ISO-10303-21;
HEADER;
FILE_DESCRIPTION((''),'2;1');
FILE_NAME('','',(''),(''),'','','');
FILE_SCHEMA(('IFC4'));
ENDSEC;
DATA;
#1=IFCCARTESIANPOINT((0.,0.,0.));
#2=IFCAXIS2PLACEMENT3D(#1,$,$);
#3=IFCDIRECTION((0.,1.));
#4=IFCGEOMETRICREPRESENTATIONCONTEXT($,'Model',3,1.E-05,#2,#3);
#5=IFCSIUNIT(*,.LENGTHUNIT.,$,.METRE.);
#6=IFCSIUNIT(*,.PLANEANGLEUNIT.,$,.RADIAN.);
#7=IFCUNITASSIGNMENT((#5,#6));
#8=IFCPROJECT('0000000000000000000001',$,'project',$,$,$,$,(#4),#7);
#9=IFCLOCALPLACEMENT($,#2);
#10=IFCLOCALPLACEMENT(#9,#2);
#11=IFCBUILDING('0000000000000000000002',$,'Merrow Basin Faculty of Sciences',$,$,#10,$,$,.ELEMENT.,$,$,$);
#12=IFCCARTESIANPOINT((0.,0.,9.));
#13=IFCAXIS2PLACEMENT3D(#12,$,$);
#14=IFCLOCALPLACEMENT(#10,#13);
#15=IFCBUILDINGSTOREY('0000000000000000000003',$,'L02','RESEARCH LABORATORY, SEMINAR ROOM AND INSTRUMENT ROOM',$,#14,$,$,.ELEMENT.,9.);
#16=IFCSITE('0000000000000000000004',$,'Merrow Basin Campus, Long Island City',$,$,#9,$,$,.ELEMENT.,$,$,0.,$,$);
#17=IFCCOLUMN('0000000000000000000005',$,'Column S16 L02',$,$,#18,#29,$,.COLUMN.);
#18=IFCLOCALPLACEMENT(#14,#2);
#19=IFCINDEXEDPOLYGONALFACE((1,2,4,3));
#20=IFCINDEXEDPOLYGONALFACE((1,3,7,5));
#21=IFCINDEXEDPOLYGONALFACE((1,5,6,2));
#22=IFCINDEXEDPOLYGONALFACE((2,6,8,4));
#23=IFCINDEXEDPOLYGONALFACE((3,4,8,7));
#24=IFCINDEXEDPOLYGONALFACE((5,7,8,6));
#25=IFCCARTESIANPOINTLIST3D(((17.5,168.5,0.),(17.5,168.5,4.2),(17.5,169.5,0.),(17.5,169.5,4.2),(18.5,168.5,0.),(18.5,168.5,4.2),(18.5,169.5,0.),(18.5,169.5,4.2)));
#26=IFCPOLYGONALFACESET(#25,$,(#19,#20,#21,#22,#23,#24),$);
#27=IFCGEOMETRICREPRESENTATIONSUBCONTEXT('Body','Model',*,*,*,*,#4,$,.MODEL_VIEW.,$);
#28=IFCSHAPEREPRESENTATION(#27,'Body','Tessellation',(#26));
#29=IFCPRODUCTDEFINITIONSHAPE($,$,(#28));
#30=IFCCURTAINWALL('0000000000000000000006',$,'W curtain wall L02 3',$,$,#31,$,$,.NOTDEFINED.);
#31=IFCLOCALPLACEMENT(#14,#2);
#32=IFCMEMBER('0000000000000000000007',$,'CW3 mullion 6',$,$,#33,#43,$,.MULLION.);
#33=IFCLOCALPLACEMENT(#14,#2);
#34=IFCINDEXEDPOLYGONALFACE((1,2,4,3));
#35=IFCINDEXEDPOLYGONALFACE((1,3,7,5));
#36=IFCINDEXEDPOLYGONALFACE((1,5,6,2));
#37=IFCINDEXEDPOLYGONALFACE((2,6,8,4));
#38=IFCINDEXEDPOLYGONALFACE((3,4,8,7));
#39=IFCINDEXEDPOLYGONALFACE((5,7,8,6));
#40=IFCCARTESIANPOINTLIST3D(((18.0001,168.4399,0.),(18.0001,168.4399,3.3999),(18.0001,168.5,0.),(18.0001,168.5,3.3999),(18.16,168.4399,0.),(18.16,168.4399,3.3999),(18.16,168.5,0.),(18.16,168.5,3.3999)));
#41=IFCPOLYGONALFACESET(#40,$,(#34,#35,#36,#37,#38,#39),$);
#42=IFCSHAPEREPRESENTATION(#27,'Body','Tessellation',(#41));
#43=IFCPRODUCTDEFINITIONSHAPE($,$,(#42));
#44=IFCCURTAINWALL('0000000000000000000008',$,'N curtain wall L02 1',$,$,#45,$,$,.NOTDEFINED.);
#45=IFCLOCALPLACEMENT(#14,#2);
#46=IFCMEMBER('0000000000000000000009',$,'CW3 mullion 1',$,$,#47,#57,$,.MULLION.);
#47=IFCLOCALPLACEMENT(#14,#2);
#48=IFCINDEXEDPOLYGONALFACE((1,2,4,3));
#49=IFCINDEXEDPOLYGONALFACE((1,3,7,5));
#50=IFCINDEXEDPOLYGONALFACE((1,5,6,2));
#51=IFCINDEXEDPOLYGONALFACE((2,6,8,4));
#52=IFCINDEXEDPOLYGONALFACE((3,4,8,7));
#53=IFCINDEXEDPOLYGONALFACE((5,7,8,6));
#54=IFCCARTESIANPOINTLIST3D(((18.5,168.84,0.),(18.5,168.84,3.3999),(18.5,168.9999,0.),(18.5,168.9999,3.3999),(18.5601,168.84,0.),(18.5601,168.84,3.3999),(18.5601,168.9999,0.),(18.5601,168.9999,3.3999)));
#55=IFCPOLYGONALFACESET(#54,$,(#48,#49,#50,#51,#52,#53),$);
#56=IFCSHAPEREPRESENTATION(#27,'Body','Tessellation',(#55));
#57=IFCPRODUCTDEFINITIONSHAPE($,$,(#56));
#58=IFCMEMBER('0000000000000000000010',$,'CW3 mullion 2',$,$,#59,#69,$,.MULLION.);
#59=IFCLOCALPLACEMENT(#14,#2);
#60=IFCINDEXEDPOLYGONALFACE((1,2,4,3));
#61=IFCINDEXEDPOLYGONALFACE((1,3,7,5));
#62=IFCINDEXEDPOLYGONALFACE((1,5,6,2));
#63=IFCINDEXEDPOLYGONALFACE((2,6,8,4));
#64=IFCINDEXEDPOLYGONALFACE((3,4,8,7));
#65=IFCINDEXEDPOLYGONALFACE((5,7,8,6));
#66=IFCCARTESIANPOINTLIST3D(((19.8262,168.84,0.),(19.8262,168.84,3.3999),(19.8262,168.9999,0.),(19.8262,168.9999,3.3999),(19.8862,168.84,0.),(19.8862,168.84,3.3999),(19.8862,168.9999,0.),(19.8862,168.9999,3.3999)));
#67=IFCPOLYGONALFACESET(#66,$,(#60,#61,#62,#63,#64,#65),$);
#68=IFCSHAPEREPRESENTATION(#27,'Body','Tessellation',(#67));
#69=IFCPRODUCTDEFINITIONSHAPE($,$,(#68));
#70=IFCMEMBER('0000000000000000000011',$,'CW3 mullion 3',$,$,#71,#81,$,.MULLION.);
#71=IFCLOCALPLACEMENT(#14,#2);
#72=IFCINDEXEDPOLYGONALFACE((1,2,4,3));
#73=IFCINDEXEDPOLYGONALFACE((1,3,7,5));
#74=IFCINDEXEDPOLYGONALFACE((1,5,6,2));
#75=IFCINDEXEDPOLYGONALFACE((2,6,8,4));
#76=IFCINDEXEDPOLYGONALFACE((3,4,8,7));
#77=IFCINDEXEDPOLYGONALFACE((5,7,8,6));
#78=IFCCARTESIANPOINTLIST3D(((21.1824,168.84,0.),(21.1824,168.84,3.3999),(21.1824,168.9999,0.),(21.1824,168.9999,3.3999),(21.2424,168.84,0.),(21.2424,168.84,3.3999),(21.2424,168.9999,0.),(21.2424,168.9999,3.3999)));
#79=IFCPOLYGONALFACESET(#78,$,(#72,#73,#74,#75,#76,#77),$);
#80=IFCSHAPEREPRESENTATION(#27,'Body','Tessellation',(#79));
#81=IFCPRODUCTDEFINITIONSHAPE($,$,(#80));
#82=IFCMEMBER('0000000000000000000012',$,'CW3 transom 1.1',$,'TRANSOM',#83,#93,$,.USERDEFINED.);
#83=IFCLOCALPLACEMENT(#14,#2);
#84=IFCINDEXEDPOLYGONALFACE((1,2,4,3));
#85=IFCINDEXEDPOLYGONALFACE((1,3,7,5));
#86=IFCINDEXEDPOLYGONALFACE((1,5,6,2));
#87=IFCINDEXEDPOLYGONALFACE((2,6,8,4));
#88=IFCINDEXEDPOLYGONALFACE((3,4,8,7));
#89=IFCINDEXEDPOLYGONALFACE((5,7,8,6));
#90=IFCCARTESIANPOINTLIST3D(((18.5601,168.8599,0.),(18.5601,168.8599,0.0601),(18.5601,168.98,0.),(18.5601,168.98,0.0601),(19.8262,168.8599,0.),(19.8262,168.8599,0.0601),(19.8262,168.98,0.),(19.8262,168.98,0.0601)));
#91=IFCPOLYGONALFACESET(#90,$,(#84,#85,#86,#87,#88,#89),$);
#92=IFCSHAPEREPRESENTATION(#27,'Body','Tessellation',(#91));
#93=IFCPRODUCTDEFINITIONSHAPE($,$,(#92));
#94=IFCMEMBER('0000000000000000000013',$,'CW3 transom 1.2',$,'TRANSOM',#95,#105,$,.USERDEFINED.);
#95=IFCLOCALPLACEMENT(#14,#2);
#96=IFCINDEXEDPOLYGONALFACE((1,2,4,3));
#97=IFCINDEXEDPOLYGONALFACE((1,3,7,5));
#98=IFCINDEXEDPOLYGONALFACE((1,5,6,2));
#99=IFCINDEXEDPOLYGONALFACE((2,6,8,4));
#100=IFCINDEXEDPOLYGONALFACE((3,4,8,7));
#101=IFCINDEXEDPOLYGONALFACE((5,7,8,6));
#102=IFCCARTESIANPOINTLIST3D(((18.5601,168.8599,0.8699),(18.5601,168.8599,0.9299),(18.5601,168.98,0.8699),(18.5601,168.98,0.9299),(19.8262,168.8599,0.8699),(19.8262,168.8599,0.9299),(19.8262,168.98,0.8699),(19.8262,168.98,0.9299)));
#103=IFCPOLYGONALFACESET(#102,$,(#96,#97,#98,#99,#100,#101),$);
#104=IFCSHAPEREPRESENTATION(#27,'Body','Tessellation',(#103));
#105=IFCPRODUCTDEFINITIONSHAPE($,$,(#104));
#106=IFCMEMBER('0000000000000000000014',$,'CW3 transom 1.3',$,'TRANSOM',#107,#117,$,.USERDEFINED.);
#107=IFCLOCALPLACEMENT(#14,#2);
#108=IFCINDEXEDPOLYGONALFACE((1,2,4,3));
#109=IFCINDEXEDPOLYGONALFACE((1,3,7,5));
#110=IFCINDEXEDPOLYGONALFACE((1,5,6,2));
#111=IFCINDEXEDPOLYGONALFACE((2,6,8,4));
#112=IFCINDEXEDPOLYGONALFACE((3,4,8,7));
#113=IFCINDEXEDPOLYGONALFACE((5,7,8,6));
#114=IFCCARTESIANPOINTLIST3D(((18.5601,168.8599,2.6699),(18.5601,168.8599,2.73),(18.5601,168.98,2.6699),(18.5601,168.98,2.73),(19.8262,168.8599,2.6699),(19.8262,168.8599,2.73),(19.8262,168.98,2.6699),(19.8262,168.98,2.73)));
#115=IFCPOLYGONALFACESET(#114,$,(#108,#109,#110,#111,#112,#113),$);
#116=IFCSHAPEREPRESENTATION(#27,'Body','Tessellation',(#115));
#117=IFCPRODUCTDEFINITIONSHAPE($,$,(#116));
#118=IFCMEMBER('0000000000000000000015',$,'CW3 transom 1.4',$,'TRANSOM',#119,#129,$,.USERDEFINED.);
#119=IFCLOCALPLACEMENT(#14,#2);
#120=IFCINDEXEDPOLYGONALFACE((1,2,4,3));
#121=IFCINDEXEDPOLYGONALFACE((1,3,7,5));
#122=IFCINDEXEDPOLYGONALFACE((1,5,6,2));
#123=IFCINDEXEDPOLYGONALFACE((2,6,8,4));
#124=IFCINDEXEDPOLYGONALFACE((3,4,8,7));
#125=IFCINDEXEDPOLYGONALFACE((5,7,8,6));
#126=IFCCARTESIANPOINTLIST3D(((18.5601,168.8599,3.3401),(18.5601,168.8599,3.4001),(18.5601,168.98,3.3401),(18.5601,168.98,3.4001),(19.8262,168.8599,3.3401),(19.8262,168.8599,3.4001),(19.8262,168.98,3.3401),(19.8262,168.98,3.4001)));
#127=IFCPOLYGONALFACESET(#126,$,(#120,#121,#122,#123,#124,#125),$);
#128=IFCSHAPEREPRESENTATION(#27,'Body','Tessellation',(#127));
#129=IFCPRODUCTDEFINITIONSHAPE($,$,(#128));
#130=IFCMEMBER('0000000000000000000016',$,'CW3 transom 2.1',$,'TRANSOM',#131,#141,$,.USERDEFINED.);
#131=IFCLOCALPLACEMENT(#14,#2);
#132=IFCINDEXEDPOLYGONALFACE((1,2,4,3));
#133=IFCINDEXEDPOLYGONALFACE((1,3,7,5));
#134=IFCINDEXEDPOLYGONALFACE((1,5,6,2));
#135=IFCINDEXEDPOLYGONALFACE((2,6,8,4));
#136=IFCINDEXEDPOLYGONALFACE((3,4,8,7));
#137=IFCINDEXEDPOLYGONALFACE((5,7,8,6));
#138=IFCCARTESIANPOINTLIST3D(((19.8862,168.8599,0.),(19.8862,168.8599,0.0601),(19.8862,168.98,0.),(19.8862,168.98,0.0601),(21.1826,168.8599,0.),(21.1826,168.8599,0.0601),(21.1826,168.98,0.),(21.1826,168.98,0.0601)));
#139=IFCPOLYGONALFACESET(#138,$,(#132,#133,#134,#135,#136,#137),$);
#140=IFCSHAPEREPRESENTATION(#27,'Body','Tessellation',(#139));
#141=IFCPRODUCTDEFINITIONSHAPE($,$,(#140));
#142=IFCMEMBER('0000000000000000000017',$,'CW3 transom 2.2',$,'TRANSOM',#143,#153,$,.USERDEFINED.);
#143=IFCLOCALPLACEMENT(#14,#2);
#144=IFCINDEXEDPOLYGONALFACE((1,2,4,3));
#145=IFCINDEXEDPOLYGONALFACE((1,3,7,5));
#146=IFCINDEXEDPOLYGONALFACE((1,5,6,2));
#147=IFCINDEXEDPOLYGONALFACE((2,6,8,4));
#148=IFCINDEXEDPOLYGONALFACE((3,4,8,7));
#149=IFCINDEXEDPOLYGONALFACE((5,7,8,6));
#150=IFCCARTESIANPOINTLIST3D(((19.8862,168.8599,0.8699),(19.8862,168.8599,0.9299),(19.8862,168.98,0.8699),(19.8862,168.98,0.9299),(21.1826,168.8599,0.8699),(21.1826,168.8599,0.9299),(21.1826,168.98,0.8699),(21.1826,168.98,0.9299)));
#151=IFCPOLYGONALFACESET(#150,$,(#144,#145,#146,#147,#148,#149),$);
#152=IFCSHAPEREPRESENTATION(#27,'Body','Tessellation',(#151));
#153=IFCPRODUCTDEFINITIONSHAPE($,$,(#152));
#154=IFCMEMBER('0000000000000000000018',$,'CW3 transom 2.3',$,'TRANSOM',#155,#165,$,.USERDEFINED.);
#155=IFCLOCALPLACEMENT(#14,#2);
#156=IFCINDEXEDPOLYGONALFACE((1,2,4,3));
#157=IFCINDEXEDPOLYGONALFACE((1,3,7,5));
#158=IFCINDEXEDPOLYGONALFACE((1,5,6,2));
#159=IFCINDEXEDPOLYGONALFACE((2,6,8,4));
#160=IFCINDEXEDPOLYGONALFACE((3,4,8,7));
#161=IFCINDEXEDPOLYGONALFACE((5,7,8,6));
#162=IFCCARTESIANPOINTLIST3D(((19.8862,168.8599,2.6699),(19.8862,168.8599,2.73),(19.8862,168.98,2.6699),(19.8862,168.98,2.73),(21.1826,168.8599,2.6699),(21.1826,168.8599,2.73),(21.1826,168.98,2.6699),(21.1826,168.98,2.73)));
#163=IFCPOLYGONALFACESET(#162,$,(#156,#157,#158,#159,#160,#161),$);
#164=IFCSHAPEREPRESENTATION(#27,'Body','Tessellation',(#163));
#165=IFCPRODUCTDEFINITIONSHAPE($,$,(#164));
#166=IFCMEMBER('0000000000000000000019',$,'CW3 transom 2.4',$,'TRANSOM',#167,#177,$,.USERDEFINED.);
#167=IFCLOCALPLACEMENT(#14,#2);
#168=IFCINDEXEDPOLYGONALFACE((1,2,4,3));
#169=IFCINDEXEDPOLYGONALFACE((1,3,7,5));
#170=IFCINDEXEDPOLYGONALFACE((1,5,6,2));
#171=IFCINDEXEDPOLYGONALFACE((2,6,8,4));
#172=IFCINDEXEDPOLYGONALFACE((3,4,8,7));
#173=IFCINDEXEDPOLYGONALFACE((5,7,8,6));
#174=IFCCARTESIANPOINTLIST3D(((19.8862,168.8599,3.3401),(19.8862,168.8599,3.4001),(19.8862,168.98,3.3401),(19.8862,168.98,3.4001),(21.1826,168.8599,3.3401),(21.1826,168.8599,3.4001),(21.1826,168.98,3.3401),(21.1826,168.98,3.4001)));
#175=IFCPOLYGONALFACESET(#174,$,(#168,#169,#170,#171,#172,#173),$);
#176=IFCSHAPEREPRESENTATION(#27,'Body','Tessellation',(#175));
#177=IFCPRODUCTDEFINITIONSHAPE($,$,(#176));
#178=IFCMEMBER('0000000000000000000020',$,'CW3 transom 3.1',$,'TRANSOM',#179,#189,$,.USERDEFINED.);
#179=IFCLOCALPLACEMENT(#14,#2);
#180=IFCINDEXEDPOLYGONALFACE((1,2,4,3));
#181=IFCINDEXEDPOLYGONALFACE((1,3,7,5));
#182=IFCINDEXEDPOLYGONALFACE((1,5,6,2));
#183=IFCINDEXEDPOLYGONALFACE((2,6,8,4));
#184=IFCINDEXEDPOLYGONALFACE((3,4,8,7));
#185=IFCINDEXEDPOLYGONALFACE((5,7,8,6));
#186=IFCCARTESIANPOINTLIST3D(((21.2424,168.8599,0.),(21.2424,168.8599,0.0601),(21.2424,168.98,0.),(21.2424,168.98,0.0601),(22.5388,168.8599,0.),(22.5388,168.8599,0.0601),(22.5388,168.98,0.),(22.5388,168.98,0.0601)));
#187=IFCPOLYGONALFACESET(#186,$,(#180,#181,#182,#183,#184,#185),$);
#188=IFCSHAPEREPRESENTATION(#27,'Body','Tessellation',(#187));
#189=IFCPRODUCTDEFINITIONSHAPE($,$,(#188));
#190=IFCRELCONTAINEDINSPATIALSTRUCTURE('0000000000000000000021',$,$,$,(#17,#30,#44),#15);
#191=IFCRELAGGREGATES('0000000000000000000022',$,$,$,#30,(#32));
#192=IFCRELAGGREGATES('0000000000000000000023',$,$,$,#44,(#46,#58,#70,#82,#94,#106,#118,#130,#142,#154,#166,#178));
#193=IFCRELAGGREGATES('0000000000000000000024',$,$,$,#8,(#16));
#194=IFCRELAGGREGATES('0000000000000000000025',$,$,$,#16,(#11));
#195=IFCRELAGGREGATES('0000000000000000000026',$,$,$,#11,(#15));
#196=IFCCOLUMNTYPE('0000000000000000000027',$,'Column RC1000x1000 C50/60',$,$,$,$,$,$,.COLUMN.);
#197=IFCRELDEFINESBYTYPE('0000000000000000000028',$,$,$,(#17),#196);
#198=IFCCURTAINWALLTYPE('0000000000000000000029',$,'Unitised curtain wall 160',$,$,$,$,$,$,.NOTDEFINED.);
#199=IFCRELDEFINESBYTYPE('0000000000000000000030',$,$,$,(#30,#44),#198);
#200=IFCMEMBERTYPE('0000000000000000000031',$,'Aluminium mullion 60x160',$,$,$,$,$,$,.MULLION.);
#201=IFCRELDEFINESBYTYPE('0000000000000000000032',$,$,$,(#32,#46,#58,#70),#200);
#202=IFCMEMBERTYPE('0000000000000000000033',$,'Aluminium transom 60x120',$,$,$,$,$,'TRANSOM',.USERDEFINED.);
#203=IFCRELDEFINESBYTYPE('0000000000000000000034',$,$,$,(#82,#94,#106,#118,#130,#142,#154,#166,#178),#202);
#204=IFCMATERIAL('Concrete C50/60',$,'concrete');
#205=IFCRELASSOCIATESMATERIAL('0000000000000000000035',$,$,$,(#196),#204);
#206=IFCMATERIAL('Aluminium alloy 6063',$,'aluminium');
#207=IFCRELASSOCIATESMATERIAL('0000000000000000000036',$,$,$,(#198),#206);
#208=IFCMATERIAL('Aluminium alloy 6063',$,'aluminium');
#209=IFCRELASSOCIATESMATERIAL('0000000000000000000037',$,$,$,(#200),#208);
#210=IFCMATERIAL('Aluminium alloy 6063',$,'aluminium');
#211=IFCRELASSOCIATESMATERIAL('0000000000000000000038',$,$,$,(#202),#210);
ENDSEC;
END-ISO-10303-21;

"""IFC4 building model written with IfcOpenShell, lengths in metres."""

from ifc_helpers import new_model, si_unit, direction, frame, origin, origin_2d, place, context, subcontext, project, spatial, rectangle, extrude, material, material_profile, profile_set, type_object, element, aggregate, save


model = new_model("IFC4")

# Units and contexts
model_context = context("Model", 3, precision=1e-05, world=origin(), true_north=direction((0.0, 1.0)))
body_context = subcontext(model_context, "Body", "Model", "MODEL_VIEW")
ifc_project = project(units=[si_unit("LENGTHUNIT", "METRE"), si_unit("PLANEANGLEUNIT", "RADIAN")], contexts=[model_context])

# Site, building, storey
site_placement = place(None, origin())
site = spatial("IfcSite", under=ifc_project, at=site_placement, Name="Merrow Basin Campus, Long Island City", CompositionType="ELEMENT", RefElevation=0.0)
building_placement = place(site_placement, origin())
building = spatial("IfcBuilding", under=site, at=building_placement, Name="Merrow Basin Faculty of Sciences", CompositionType="ELEMENT")
storey_placement = place(building_placement, frame((0.0, 0.0, 9.0)))
storey = spatial("IfcBuildingStorey", under=building, at=storey_placement, Name="L02", Description="RESEARCH LABORATORY, SEMINAR ROOM AND INSTRUMENT ROOM", CompositionType="ELEMENT", Elevation=9.0)

# Column
ifc_material_1 = material(Name="Concrete C50/60", Category="concrete")
ifc_material_profile_1 = material_profile(ifc_material_1, rectangle(XDim=1.0, YDim=1.0, at=origin_2d()))
ifc_profile_set_1 = profile_set([ifc_material_profile_1], Name="Concrete C50/60")
column_type = type_object("IfcColumnType", Name="Column RC1000x1000 C50/60", PredefinedType="COLUMN", material=ifc_profile_set_1)
column_placement = place(storey_placement, frame((18.0, 169.0, 0.0), z_axis=(0.0, 0.0, 1.0), x_axis=(1.0, 0.0, 0.0)))
element("IfcColumn", 1, at=column_placement, inside=storey, type_object=column_type, Name="Column S16 L02", PredefinedType="COLUMN", context=body_context, shape_type="SweptSolid", body=[
    extrude(rectangle(XDim=1.0, YDim=1.0, at=origin_2d()), origin(), (0.0, 0.0, 1.0), 4.2),
])

# Curtain wall, member
ifc_material_2 = material(Name="Aluminium alloy 6063", Category="aluminium")
curtain_wall_type = type_object("IfcCurtainWallType", Name="Unitised curtain wall 160", PredefinedType="NOTDEFINED", material=ifc_material_2)
curtain_wall_1_placement = place(storey_placement, origin())
curtain_wall_1 = element("IfcCurtainWall", 2, at=curtain_wall_1_placement, inside=storey, type_object=curtain_wall_type, Name="W curtain wall L02 3", PredefinedType="NOTDEFINED")
ifc_material_3 = material(Name="Aluminium alloy 6063", Category="aluminium")
ifc_material_profile_2 = material_profile(ifc_material_3, rectangle(XDim=0.1599, YDim=0.0601, at=origin_2d()))
ifc_profile_set_2 = profile_set([ifc_material_profile_2], Name="Aluminium alloy 6063")
member_type_1 = type_object("IfcMemberType", Name="Aluminium mullion 60x160", PredefinedType="MULLION", material=ifc_profile_set_2)
member_1_placement = place(storey_placement, frame((18.0801, 168.47, 0.0), z_axis=(0.0, 0.0, 1.0), x_axis=(-1.0, 0.0, 0.0)))
member_1 = element("IfcMember", 3, at=member_1_placement, type_object=member_type_1, Name="CW3 mullion 6", PredefinedType="MULLION", context=body_context, shape_type="SweptSolid", body=[
    extrude(rectangle(XDim=0.1599, YDim=0.0601, at=origin_2d()), origin(), (0.0, 0.0, 1.0), 3.3999),
])
aggregate(curtain_wall_1, [member_1])

# Curtain wall, members
curtain_wall_2_placement = place(storey_placement, origin())
curtain_wall_2 = element("IfcCurtainWall", 4, at=curtain_wall_2_placement, inside=storey, type_object=curtain_wall_type, Name="N curtain wall L02 1", PredefinedType="NOTDEFINED")
member_2_placement = place(storey_placement, frame((18.53, 168.9199, 0.0), z_axis=(0.0, 0.0, 1.0), x_axis=(0.0, 1.0, 0.0)))
member_2 = element("IfcMember", 5, at=member_2_placement, type_object=member_type_1, Name="CW3 mullion 1", PredefinedType="MULLION", context=body_context, shape_type="SweptSolid", body=[
    extrude(rectangle(XDim=0.1599, YDim=0.0601, at=origin_2d()), origin(), (0.0, 0.0, 1.0), 3.3999),
])
member_3_placement = place(storey_placement, frame((19.8562, 168.9199, 0.0), z_axis=(0.0, 0.0, 1.0), x_axis=(0.0, 1.0, 0.0)))
member_3 = element("IfcMember", 6, at=member_3_placement, type_object=member_type_1, Name="CW3 mullion 2", PredefinedType="MULLION", context=body_context, shape_type="SweptSolid", body=[
    extrude(rectangle(XDim=0.1599, YDim=0.0601, at=origin_2d()), origin(), (0.0, 0.0, 1.0), 3.3999),
])
member_4_placement = place(storey_placement, frame((21.2124, 168.9199, 0.0), z_axis=(0.0, 0.0, 1.0), x_axis=(0.0, 1.0, 0.0)))
member_4 = element("IfcMember", 7, at=member_4_placement, type_object=member_type_1, Name="CW3 mullion 3", PredefinedType="MULLION", context=body_context, shape_type="SweptSolid", body=[
    extrude(rectangle(XDim=0.1599, YDim=0.0601, at=origin_2d()), origin(), (0.0, 0.0, 1.0), 3.3999),
])
ifc_material_4 = material(Name="Aluminium alloy 6063", Category="aluminium")
ifc_material_profile_3 = material_profile(ifc_material_4, rectangle(XDim=0.1201, YDim=0.0601, at=origin_2d()))
ifc_profile_set_3 = profile_set([ifc_material_profile_3], Name="Aluminium alloy 6063")
member_type_2 = type_object("IfcMemberType", Name="Aluminium transom 60x120", ElementType="TRANSOM", PredefinedType="USERDEFINED", material=ifc_profile_set_3)
member_5_placement = place(storey_placement, frame((18.5601, 168.9199, 0.03), z_axis=(1.0, 0.0, 0.0), x_axis=(0.0, 1.0, 0.0)))
member_5 = element("IfcMember", 8, at=member_5_placement, type_object=member_type_2, Name="CW3 transom 1.1", ObjectType="TRANSOM", PredefinedType="USERDEFINED", context=body_context, shape_type="SweptSolid", body=[
    extrude(rectangle(XDim=0.1201, YDim=0.0601, at=origin_2d()), origin(), (0.0, 0.0, 1.0), 1.2661),
])
member_6_placement = place(storey_placement, frame((18.5601, 168.9199, 0.8999), z_axis=(1.0, 0.0, 0.0), x_axis=(0.0, 1.0, 0.0)))
member_6 = element("IfcMember", 9, at=member_6_placement, type_object=member_type_2, Name="CW3 transom 1.2", ObjectType="TRANSOM", PredefinedType="USERDEFINED", context=body_context, shape_type="SweptSolid", body=[
    extrude(rectangle(XDim=0.1201, YDim=0.0601, at=origin_2d()), origin(), (0.0, 0.0, 1.0), 1.2661),
])
member_7_placement = place(storey_placement, frame((18.5601, 168.9199, 2.7), z_axis=(1.0, 0.0, 0.0), x_axis=(0.0, 1.0, 0.0)))
member_7 = element("IfcMember", 10, at=member_7_placement, type_object=member_type_2, Name="CW3 transom 1.3", ObjectType="TRANSOM", PredefinedType="USERDEFINED", context=body_context, shape_type="SweptSolid", body=[
    extrude(rectangle(XDim=0.1201, YDim=0.0601, at=origin_2d()), origin(), (0.0, 0.0, 1.0), 1.2661),
])
member_8_placement = place(storey_placement, frame((18.5601, 168.9199, 3.3701), z_axis=(1.0, 0.0, 0.0), x_axis=(0.0, 1.0, 0.0)))
member_8 = element("IfcMember", 11, at=member_8_placement, type_object=member_type_2, Name="CW3 transom 1.4", ObjectType="TRANSOM", PredefinedType="USERDEFINED", context=body_context, shape_type="SweptSolid", body=[
    extrude(rectangle(XDim=0.1201, YDim=0.0601, at=origin_2d()), origin(), (0.0, 0.0, 1.0), 1.2661),
])
member_9_placement = place(storey_placement, frame((19.8862, 168.9199, 0.03), z_axis=(1.0, 0.0, 0.0), x_axis=(0.0, 1.0, 0.0)))
member_9 = element("IfcMember", 12, at=member_9_placement, type_object=member_type_2, Name="CW3 transom 2.1", ObjectType="TRANSOM", PredefinedType="USERDEFINED", context=body_context, shape_type="SweptSolid", body=[
    extrude(rectangle(XDim=0.1201, YDim=0.0601, at=origin_2d()), origin(), (0.0, 0.0, 1.0), 1.2964),
])
member_10_placement = place(storey_placement, frame((19.8862, 168.9199, 0.8999), z_axis=(1.0, 0.0, 0.0), x_axis=(0.0, 1.0, 0.0)))
member_10 = element("IfcMember", 13, at=member_10_placement, type_object=member_type_2, Name="CW3 transom 2.2", ObjectType="TRANSOM", PredefinedType="USERDEFINED", context=body_context, shape_type="SweptSolid", body=[
    extrude(rectangle(XDim=0.1201, YDim=0.0601, at=origin_2d()), origin(), (0.0, 0.0, 1.0), 1.2964),
])
member_11_placement = place(storey_placement, frame((19.8862, 168.9199, 2.7), z_axis=(1.0, 0.0, 0.0), x_axis=(0.0, 1.0, 0.0)))
member_11 = element("IfcMember", 14, at=member_11_placement, type_object=member_type_2, Name="CW3 transom 2.3", ObjectType="TRANSOM", PredefinedType="USERDEFINED", context=body_context, shape_type="SweptSolid", body=[
    extrude(rectangle(XDim=0.1201, YDim=0.0601, at=origin_2d()), origin(), (0.0, 0.0, 1.0), 1.2964),
])
member_12_placement = place(storey_placement, frame((19.8862, 168.9199, 3.3701), z_axis=(1.0, 0.0, 0.0), x_axis=(0.0, 1.0, 0.0)))
member_12 = element("IfcMember", 15, at=member_12_placement, type_object=member_type_2, Name="CW3 transom 2.4", ObjectType="TRANSOM", PredefinedType="USERDEFINED", context=body_context, shape_type="SweptSolid", body=[
    extrude(rectangle(XDim=0.1201, YDim=0.0601, at=origin_2d()), origin(), (0.0, 0.0, 1.0), 1.2964),
])
member_13_placement = place(storey_placement, frame((21.2424, 168.9199, 0.03), z_axis=(1.0, 0.0, 0.0), x_axis=(0.0, 1.0, 0.0)))
member_13 = element("IfcMember", 16, at=member_13_placement, type_object=member_type_2, Name="CW3 transom 3.1", ObjectType="TRANSOM", PredefinedType="USERDEFINED", context=body_context, shape_type="SweptSolid", body=[
    extrude(rectangle(XDim=0.1201, YDim=0.0601, at=origin_2d()), origin(), (0.0, 0.0, 1.0), 1.2964),
])

aggregate(curtain_wall_2, [member_2, member_3, member_4, member_5, member_6, member_7, member_8, member_9, member_10, member_11, member_12, member_13])

save(model, "model.ifc")
